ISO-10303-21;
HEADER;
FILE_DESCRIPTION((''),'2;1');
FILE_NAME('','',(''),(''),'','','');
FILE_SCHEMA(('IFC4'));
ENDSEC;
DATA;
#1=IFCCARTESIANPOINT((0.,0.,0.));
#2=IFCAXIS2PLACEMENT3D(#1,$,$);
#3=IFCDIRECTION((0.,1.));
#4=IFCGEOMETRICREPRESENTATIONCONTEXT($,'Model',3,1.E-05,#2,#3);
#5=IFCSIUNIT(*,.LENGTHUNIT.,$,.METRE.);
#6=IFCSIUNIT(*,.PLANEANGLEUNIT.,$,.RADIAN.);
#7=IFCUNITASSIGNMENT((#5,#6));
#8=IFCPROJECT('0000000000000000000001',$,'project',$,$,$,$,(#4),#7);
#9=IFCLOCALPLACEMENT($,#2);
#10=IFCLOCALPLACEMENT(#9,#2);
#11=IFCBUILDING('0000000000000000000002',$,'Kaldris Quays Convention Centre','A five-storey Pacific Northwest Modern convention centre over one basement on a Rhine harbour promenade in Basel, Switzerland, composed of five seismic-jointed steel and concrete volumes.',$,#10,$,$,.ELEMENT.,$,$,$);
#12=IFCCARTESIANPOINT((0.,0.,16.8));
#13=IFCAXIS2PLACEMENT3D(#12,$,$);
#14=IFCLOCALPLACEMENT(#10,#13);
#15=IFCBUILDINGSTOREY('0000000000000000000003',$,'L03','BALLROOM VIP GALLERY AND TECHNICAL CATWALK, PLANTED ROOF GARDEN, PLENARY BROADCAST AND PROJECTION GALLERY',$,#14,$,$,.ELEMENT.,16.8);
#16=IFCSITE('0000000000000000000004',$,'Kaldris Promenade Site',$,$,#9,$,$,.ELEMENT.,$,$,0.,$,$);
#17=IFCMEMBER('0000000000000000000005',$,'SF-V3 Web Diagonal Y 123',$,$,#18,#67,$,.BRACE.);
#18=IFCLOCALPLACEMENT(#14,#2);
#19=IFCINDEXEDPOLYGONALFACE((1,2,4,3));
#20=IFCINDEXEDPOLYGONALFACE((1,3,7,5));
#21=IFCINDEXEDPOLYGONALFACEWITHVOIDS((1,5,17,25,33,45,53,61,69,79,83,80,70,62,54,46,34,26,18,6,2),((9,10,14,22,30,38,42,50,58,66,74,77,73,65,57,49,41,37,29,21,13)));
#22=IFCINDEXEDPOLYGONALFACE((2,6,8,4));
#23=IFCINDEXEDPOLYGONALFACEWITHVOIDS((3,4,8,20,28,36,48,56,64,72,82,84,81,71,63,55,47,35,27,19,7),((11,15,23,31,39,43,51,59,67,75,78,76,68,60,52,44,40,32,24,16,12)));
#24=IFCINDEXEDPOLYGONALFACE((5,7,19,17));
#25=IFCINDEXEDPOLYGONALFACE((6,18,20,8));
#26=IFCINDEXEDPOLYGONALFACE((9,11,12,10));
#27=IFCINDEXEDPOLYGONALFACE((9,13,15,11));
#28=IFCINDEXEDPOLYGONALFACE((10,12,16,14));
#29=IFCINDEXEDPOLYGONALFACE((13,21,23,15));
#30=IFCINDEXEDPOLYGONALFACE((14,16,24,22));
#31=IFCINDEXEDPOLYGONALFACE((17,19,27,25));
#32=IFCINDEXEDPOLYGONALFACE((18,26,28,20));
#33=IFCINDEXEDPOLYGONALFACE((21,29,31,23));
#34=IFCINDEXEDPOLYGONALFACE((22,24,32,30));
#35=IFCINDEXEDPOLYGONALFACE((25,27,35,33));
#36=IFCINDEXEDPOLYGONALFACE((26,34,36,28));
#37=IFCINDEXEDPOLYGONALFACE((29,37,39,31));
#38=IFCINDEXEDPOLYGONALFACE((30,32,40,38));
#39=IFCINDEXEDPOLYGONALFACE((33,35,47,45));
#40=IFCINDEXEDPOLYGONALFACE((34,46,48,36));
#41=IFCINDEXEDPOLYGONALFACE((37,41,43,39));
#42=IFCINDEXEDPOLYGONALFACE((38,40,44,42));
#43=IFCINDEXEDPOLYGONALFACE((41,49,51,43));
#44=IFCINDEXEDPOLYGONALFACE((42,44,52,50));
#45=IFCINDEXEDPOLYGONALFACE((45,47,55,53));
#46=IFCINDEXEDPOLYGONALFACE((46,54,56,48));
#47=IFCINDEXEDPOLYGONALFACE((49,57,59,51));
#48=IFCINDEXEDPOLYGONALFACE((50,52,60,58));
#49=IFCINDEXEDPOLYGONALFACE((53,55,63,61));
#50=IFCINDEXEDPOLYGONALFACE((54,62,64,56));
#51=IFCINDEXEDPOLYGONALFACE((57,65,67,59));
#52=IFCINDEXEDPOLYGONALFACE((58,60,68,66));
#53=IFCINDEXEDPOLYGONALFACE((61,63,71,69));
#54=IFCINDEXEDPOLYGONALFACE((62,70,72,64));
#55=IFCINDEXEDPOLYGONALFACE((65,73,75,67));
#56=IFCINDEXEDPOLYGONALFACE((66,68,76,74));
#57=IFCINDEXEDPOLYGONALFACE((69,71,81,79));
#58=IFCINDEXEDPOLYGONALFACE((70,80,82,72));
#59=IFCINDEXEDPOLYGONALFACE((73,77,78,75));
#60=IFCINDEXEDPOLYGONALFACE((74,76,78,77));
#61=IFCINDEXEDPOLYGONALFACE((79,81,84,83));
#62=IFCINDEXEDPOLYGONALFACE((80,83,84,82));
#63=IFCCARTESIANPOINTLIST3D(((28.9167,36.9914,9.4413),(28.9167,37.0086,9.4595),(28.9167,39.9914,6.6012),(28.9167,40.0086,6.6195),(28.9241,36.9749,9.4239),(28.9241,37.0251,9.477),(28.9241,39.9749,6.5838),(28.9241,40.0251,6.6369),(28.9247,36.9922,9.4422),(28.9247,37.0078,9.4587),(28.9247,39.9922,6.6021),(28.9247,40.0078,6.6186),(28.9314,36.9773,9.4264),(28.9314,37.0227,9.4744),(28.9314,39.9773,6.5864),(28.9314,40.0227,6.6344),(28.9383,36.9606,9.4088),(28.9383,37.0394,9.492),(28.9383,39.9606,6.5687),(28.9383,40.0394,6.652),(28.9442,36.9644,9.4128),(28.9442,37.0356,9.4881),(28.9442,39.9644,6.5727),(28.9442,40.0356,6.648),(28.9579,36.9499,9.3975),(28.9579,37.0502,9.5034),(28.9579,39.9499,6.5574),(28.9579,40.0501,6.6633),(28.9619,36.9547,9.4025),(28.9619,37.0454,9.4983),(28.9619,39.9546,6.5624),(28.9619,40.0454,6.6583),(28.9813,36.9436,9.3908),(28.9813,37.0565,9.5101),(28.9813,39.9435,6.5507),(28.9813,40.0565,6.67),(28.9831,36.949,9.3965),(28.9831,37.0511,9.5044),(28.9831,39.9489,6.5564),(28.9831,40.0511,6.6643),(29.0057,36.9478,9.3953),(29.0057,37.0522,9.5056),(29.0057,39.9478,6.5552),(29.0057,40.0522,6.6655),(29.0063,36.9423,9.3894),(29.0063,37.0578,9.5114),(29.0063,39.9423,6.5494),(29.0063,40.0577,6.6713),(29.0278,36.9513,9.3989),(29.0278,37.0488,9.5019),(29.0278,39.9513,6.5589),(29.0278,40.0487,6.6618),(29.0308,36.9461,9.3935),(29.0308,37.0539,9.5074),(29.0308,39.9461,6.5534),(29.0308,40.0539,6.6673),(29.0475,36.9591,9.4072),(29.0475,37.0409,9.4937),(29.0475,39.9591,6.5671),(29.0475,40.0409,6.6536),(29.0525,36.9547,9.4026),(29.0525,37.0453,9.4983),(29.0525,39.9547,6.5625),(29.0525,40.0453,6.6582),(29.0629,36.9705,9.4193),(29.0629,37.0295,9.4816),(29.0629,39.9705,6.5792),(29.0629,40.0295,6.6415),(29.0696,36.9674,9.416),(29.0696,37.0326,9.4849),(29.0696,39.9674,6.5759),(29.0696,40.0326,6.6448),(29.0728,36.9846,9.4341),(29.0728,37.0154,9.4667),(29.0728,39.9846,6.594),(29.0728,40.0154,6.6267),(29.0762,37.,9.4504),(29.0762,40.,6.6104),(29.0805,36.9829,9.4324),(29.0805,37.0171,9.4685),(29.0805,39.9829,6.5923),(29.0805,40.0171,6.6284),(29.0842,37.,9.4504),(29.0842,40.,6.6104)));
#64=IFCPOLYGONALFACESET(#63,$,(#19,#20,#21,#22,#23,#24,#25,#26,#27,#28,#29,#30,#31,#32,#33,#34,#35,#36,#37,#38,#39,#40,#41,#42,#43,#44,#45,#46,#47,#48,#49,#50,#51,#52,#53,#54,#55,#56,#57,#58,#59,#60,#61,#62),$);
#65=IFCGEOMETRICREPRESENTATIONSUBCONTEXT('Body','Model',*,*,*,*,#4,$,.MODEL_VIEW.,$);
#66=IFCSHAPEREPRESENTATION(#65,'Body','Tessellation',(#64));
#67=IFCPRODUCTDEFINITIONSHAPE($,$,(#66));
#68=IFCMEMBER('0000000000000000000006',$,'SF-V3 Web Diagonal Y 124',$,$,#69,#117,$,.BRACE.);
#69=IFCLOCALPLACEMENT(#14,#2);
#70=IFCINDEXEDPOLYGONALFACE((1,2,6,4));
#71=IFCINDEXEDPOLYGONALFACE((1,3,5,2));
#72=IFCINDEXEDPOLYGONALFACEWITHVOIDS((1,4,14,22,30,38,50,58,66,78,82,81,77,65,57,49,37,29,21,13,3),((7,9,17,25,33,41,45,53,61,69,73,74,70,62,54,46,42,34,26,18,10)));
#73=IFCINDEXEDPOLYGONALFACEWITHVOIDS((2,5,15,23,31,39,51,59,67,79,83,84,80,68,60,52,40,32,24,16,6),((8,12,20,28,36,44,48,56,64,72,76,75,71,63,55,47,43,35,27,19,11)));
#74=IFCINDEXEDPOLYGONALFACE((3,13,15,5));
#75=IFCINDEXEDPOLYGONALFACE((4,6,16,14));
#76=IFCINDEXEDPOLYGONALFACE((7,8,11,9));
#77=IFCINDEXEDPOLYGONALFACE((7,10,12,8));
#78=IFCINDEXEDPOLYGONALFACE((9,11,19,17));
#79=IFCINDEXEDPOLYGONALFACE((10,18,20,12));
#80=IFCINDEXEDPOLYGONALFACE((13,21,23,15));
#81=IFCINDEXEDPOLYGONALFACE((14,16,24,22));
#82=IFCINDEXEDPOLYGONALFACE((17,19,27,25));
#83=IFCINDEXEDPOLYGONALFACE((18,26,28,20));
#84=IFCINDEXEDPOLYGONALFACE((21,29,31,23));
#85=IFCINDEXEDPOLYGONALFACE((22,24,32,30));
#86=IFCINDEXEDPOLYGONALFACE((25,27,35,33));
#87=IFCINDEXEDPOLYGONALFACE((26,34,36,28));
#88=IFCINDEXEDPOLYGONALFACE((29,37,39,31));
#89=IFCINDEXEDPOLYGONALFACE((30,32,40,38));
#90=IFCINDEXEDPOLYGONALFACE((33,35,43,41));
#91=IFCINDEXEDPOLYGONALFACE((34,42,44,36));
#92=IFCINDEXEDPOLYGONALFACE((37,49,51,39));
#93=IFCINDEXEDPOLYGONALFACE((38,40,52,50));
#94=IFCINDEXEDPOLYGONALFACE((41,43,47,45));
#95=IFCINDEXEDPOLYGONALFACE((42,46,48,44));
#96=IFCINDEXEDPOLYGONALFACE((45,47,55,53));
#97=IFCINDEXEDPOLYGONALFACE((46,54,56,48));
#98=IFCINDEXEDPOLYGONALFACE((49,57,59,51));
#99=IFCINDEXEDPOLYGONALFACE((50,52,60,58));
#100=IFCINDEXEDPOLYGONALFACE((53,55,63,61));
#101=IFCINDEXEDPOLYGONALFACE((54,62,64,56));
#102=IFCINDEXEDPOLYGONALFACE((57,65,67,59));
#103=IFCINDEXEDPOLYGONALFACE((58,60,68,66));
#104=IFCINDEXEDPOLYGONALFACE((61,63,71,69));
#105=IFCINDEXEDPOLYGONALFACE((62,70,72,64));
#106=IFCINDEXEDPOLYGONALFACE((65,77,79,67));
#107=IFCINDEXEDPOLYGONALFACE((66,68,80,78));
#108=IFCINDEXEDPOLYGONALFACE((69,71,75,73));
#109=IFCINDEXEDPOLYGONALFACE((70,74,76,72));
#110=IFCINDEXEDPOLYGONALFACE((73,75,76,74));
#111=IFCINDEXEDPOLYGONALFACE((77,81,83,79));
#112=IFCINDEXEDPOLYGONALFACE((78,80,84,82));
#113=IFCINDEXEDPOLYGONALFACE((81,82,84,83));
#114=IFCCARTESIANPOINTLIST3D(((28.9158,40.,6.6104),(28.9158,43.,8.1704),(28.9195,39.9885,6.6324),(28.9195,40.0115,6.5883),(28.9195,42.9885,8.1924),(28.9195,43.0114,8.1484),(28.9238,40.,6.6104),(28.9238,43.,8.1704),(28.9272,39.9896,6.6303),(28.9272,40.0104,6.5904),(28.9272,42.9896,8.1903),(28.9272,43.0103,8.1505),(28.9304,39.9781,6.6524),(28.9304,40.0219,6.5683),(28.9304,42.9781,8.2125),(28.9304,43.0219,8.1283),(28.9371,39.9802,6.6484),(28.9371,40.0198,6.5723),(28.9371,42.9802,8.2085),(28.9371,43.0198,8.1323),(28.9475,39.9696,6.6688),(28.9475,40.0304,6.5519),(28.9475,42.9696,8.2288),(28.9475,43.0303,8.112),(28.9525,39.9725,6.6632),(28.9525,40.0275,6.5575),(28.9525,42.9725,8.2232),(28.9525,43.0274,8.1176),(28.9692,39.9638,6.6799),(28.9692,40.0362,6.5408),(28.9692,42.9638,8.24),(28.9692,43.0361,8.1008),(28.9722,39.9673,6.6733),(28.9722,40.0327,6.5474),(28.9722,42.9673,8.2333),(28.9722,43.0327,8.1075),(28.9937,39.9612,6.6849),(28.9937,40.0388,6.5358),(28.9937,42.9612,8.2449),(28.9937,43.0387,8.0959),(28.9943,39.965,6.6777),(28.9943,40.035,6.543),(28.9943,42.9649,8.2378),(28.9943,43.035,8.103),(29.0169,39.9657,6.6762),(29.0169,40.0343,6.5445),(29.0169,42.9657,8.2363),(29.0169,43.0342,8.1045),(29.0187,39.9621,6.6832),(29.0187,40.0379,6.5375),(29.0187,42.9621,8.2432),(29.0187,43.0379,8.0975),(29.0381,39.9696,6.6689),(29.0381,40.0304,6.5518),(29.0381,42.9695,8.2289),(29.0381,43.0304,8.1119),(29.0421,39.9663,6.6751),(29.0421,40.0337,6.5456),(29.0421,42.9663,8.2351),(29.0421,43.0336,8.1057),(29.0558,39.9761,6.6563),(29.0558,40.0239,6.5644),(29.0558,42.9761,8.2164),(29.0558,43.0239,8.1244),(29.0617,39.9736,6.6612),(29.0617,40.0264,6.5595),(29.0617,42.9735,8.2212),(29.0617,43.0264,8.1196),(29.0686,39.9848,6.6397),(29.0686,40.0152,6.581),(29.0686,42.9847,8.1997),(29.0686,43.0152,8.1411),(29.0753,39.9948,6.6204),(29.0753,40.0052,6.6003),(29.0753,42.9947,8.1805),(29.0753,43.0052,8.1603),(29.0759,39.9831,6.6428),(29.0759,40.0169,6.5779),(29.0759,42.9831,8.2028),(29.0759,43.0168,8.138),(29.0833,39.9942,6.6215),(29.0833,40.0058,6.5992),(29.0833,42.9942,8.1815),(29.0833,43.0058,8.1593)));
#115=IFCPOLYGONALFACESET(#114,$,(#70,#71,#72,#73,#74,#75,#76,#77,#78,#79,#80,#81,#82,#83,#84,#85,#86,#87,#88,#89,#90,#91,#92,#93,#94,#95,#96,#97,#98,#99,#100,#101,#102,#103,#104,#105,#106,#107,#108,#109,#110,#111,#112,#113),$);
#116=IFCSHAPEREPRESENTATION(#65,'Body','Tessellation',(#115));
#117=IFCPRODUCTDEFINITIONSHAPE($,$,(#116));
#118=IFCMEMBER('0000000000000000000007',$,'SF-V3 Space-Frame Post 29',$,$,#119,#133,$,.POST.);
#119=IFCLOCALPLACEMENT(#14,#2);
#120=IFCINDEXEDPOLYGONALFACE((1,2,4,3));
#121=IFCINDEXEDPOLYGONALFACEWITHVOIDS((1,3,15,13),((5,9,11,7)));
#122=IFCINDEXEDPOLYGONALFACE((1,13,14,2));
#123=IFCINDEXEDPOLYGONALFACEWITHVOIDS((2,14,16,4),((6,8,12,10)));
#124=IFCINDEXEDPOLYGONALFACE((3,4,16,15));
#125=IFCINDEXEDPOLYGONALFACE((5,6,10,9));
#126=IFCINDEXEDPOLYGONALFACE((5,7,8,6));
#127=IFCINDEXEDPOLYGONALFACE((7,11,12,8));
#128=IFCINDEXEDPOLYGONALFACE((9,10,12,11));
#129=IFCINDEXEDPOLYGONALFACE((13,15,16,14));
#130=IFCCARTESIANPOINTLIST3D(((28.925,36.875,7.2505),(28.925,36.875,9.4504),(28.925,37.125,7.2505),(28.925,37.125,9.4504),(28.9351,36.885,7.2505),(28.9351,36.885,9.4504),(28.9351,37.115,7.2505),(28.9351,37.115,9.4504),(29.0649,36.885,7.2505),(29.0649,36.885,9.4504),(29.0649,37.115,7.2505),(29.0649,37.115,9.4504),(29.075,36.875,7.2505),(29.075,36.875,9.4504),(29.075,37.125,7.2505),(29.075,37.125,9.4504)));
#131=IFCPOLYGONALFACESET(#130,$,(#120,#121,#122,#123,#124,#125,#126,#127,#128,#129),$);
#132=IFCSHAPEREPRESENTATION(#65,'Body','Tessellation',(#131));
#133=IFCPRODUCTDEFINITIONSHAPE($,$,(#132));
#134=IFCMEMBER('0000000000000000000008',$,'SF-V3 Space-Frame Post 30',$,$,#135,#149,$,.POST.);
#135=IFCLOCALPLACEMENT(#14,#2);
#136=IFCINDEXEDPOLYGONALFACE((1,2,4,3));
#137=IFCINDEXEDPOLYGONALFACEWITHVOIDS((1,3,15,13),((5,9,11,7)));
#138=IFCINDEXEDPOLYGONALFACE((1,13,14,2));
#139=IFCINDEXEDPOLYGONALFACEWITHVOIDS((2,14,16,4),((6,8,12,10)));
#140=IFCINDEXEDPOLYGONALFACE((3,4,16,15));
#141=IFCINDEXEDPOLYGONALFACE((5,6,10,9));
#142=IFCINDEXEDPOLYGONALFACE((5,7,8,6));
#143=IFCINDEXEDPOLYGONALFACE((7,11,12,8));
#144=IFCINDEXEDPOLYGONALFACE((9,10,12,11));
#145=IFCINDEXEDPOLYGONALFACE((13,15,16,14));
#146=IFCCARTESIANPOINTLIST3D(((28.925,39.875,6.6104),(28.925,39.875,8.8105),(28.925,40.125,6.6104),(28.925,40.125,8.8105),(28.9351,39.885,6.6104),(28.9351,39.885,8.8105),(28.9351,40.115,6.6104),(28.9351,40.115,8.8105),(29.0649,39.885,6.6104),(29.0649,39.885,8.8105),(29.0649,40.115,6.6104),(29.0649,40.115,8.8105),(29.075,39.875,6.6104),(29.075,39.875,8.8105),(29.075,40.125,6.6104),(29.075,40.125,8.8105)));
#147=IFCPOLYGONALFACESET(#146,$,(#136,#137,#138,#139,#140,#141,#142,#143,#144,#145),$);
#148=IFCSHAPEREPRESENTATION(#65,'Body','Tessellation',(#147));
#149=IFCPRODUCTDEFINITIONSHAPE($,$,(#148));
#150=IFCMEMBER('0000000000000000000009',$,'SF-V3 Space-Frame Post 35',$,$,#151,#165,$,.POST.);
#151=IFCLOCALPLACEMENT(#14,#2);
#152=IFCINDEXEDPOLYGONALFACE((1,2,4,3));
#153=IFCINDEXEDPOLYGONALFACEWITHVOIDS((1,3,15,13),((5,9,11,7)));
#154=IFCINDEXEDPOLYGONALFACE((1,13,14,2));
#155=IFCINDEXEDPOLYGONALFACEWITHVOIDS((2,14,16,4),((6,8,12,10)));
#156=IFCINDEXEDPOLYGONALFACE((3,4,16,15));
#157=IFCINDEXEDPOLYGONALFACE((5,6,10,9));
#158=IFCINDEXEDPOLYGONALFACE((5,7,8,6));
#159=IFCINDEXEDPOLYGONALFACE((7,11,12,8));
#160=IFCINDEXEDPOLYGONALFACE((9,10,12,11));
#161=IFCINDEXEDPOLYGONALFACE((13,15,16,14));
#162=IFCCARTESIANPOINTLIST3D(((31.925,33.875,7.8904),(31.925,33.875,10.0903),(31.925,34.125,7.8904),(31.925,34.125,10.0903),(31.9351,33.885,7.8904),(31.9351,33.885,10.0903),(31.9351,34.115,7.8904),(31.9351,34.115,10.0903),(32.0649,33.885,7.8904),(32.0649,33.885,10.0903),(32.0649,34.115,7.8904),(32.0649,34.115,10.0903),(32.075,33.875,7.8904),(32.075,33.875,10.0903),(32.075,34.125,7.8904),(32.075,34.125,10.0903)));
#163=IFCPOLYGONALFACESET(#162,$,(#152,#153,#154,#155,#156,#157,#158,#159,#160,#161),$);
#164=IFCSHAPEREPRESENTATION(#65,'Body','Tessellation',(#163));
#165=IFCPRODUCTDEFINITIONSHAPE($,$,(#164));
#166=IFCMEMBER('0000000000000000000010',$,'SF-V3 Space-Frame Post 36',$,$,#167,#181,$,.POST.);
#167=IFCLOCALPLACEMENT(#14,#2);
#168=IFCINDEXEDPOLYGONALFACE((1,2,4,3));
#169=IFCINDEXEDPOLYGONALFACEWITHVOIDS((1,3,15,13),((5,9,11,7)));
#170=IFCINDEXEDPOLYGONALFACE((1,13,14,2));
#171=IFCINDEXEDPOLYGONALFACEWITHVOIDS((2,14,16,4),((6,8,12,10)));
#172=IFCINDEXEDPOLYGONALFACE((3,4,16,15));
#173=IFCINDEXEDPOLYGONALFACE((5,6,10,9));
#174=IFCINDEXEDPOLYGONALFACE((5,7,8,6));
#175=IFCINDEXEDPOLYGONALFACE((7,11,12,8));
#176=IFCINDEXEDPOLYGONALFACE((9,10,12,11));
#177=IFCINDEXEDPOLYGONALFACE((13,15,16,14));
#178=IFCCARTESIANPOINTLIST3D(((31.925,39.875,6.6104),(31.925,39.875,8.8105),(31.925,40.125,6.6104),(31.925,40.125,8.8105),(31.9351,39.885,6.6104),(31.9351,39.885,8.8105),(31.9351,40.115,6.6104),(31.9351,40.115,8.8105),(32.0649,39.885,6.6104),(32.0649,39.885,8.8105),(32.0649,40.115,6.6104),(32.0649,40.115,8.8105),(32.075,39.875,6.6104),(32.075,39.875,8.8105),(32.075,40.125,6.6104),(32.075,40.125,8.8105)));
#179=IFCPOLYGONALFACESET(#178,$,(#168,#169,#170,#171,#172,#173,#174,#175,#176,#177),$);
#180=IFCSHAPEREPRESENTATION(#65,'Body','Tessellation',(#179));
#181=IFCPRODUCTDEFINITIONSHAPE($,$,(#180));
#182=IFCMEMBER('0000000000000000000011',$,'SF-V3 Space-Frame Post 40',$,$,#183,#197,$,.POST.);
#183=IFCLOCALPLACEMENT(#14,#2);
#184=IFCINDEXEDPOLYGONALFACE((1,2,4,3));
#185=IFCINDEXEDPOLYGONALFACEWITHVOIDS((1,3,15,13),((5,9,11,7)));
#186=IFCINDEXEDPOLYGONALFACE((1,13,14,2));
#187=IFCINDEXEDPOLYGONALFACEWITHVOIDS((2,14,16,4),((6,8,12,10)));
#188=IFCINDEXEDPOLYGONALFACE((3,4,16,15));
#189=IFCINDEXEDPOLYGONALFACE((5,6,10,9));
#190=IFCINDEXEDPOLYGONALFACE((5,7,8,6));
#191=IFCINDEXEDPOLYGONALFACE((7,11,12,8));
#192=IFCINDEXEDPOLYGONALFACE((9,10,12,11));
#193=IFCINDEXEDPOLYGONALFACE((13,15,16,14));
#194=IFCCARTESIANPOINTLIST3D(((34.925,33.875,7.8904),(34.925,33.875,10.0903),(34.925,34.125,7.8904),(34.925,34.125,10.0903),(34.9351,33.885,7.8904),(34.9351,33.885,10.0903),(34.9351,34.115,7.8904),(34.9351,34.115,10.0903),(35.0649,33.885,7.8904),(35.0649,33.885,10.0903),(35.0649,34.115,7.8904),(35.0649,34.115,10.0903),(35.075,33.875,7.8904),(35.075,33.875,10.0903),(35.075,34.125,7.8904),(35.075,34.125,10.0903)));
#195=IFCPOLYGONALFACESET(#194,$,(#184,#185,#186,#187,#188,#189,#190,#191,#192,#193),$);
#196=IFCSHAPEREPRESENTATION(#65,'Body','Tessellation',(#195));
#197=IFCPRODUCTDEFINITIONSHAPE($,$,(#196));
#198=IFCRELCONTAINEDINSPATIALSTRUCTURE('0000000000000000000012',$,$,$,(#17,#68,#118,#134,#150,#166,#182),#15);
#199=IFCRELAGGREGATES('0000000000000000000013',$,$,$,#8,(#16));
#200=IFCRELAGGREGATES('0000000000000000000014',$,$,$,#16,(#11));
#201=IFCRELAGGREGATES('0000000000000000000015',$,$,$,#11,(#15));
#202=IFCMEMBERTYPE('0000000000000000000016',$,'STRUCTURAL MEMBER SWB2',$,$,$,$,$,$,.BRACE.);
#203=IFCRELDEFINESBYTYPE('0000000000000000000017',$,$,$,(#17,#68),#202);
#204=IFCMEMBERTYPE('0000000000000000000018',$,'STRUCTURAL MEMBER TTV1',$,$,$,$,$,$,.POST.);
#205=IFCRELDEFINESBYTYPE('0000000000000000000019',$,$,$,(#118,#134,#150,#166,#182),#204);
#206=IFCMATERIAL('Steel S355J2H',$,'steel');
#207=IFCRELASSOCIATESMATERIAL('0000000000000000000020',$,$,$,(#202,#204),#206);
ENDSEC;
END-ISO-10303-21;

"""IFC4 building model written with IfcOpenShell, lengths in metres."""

from ifc_helpers import new_model, si_unit, direction, frame, origin, origin_2d, place, context, subcontext, project, spatial, hollow_rectangle, hollow_circle, extrude, material, material_profile, profile_set, type_object, element, save


model = new_model("IFC4")

# Units and contexts
model_context = context("Model", 3, precision=1e-05, world=origin(), true_north=direction((0.0, 1.0)))
body_context = subcontext(model_context, "Body", "Model", "MODEL_VIEW")
ifc_project = project(units=[si_unit("LENGTHUNIT", "METRE"), si_unit("PLANEANGLEUNIT", "RADIAN")], contexts=[model_context])

# Site, building, storey
site_placement = place(None, origin())
site = spatial("IfcSite", under=ifc_project, at=site_placement, Name="Kaldris Promenade Site", CompositionType="ELEMENT", RefElevation=0.0)
building_placement = place(site_placement, origin())
building = spatial("IfcBuilding", under=site, at=building_placement, Name="Kaldris Quays Convention Centre", Description="A five-storey Pacific Northwest Modern convention centre over one basement on a Rhine harbour promenade in Basel, Switzerland, composed of five seismic-jointed steel and concrete volumes.", CompositionType="ELEMENT")
storey_placement = place(building_placement, frame((0.0, 0.0, 16.8)))
storey = spatial("IfcBuildingStorey", under=building, at=storey_placement, Name="L03", Description="BALLROOM VIP GALLERY AND TECHNICAL CATWALK, PLANTED ROOF GARDEN, PLENARY BROADCAST AND PROJECTION GALLERY", CompositionType="ELEMENT", Elevation=16.8)

# Members
ifc_material_1 = material(Name="Steel S355J2H", Category="steel")
ifc_material_profile_1 = material_profile(ifc_material_1, hollow_circle(Radius=0.0842, WallThickness=0.0081, at=origin_2d()), Name="CHS 168.3x8")
ifc_profile_set_1 = profile_set([ifc_material_profile_1], Name="Steel S355J2H")
member_type_1 = type_object("IfcMemberType", Name="STRUCTURAL MEMBER SWB2", PredefinedType="BRACE", material=ifc_profile_set_1)
member_1_placement = place(storey_placement, frame((29.0, 40.0, 6.6104), z_axis=(0.0, -0.726196, 0.687487), x_axis=(1.0, 0.0, 0.0)))
element("IfcMember", 1, at=member_1_placement, inside=storey, type_object=member_type_1, Name="SF-V3 Web Diagonal Y 123", PredefinedType="BRACE", context=body_context, shape_type="SweptSolid", body=[
    extrude(hollow_circle(Radius=0.0842, WallThickness=0.0081, at=origin_2d()), origin(), (0.0, 0.0, 1.0), 4.1311),
])
member_2_placement = place(storey_placement, frame((29.0, 40.0, 6.6104), z_axis=(0.0, 0.88721, 0.461366), x_axis=(-1.0, 0.0, 0.0)))
element("IfcMember", 2, at=member_2_placement, inside=storey, type_object=member_type_1, Name="SF-V3 Web Diagonal Y 124", PredefinedType="BRACE", context=body_context, shape_type="SweptSolid", body=[
    extrude(hollow_circle(Radius=0.0842, WallThickness=0.0081, at=origin_2d()), origin(), (0.0, 0.0, 1.0), 3.3813),
])
ifc_material_profile_2 = material_profile(ifc_material_1, hollow_rectangle(XDim=0.1499, YDim=0.25, WallThickness=0.01, at=origin_2d()), Name="RHS 250x150x10")
ifc_profile_set_2 = profile_set([ifc_material_profile_2], Name="Steel S355J2H")
member_type_2 = type_object("IfcMemberType", Name="STRUCTURAL MEMBER TTV1", PredefinedType="POST", material=ifc_profile_set_2)
member_3_placement = place(storey_placement, frame((29.0, 37.0, 7.2505), z_axis=(0.0, 0.0, 1.0), x_axis=(1.0, 0.0, 0.0)))
element("IfcMember", 3, at=member_3_placement, inside=storey, type_object=member_type_2, Name="SF-V3 Space-Frame Post 29", PredefinedType="POST", context=body_context, shape_type="SweptSolid", body=[
    extrude(hollow_rectangle(XDim=0.1499, YDim=0.25, WallThickness=0.01, at=origin_2d()), origin(), (0.0, 0.0, 1.0), 2.2),
])
member_4_placement = place(storey_placement, frame((29.0, 40.0, 6.6104), z_axis=(0.0, 0.0, 1.0), x_axis=(1.0, 0.0, 0.0)))
element("IfcMember", 4, at=member_4_placement, inside=storey, type_object=member_type_2, Name="SF-V3 Space-Frame Post 30", PredefinedType="POST", context=body_context, shape_type="SweptSolid", body=[
    extrude(hollow_rectangle(XDim=0.1499, YDim=0.25, WallThickness=0.01, at=origin_2d()), origin(), (0.0, 0.0, 1.0), 2.2002),
])
member_5_placement = place(storey_placement, frame((32.0, 34.0, 7.8904), z_axis=(0.0, 0.0, 1.0), x_axis=(1.0, 0.0, 0.0)))
element("IfcMember", 5, at=member_5_placement, inside=storey, type_object=member_type_2, Name="SF-V3 Space-Frame Post 35", PredefinedType="POST", context=body_context, shape_type="SweptSolid", body=[
    extrude(hollow_rectangle(XDim=0.1499, YDim=0.25, WallThickness=0.01, at=origin_2d()), origin(), (0.0, 0.0, 1.0), 2.2),
])
member_6_placement = place(storey_placement, frame((32.0, 40.0, 6.6104), z_axis=(0.0, 0.0, 1.0), x_axis=(1.0, 0.0, 0.0)))
element("IfcMember", 6, at=member_6_placement, inside=storey, type_object=member_type_2, Name="SF-V3 Space-Frame Post 36", PredefinedType="POST", context=body_context, shape_type="SweptSolid", body=[
    extrude(hollow_rectangle(XDim=0.1499, YDim=0.25, WallThickness=0.01, at=origin_2d()), origin(), (0.0, 0.0, 1.0), 2.2002),
])
for number, where, z_axis, x_axis, name in (
    (7, (35.0, 34.0, 7.8904), (0.0, 0.0, 1.0), (1.0, 0.0, 0.0), "SF-V3 Space-Frame Post 40"),
):
    element("IfcMember", number, at=place(storey_placement, frame(where, z_axis=z_axis, x_axis=x_axis)), inside=storey, type_object=member_type_2, Name=name, PredefinedType="POST", context=body_context, shape_type="SweptSolid", body=[
        extrude(hollow_rectangle(XDim=0.1499, YDim=0.25, WallThickness=0.01, at=origin_2d()), origin(), (0.0, 0.0, 1.0), 2.2),
    ])

save(model, "model.ifc")
